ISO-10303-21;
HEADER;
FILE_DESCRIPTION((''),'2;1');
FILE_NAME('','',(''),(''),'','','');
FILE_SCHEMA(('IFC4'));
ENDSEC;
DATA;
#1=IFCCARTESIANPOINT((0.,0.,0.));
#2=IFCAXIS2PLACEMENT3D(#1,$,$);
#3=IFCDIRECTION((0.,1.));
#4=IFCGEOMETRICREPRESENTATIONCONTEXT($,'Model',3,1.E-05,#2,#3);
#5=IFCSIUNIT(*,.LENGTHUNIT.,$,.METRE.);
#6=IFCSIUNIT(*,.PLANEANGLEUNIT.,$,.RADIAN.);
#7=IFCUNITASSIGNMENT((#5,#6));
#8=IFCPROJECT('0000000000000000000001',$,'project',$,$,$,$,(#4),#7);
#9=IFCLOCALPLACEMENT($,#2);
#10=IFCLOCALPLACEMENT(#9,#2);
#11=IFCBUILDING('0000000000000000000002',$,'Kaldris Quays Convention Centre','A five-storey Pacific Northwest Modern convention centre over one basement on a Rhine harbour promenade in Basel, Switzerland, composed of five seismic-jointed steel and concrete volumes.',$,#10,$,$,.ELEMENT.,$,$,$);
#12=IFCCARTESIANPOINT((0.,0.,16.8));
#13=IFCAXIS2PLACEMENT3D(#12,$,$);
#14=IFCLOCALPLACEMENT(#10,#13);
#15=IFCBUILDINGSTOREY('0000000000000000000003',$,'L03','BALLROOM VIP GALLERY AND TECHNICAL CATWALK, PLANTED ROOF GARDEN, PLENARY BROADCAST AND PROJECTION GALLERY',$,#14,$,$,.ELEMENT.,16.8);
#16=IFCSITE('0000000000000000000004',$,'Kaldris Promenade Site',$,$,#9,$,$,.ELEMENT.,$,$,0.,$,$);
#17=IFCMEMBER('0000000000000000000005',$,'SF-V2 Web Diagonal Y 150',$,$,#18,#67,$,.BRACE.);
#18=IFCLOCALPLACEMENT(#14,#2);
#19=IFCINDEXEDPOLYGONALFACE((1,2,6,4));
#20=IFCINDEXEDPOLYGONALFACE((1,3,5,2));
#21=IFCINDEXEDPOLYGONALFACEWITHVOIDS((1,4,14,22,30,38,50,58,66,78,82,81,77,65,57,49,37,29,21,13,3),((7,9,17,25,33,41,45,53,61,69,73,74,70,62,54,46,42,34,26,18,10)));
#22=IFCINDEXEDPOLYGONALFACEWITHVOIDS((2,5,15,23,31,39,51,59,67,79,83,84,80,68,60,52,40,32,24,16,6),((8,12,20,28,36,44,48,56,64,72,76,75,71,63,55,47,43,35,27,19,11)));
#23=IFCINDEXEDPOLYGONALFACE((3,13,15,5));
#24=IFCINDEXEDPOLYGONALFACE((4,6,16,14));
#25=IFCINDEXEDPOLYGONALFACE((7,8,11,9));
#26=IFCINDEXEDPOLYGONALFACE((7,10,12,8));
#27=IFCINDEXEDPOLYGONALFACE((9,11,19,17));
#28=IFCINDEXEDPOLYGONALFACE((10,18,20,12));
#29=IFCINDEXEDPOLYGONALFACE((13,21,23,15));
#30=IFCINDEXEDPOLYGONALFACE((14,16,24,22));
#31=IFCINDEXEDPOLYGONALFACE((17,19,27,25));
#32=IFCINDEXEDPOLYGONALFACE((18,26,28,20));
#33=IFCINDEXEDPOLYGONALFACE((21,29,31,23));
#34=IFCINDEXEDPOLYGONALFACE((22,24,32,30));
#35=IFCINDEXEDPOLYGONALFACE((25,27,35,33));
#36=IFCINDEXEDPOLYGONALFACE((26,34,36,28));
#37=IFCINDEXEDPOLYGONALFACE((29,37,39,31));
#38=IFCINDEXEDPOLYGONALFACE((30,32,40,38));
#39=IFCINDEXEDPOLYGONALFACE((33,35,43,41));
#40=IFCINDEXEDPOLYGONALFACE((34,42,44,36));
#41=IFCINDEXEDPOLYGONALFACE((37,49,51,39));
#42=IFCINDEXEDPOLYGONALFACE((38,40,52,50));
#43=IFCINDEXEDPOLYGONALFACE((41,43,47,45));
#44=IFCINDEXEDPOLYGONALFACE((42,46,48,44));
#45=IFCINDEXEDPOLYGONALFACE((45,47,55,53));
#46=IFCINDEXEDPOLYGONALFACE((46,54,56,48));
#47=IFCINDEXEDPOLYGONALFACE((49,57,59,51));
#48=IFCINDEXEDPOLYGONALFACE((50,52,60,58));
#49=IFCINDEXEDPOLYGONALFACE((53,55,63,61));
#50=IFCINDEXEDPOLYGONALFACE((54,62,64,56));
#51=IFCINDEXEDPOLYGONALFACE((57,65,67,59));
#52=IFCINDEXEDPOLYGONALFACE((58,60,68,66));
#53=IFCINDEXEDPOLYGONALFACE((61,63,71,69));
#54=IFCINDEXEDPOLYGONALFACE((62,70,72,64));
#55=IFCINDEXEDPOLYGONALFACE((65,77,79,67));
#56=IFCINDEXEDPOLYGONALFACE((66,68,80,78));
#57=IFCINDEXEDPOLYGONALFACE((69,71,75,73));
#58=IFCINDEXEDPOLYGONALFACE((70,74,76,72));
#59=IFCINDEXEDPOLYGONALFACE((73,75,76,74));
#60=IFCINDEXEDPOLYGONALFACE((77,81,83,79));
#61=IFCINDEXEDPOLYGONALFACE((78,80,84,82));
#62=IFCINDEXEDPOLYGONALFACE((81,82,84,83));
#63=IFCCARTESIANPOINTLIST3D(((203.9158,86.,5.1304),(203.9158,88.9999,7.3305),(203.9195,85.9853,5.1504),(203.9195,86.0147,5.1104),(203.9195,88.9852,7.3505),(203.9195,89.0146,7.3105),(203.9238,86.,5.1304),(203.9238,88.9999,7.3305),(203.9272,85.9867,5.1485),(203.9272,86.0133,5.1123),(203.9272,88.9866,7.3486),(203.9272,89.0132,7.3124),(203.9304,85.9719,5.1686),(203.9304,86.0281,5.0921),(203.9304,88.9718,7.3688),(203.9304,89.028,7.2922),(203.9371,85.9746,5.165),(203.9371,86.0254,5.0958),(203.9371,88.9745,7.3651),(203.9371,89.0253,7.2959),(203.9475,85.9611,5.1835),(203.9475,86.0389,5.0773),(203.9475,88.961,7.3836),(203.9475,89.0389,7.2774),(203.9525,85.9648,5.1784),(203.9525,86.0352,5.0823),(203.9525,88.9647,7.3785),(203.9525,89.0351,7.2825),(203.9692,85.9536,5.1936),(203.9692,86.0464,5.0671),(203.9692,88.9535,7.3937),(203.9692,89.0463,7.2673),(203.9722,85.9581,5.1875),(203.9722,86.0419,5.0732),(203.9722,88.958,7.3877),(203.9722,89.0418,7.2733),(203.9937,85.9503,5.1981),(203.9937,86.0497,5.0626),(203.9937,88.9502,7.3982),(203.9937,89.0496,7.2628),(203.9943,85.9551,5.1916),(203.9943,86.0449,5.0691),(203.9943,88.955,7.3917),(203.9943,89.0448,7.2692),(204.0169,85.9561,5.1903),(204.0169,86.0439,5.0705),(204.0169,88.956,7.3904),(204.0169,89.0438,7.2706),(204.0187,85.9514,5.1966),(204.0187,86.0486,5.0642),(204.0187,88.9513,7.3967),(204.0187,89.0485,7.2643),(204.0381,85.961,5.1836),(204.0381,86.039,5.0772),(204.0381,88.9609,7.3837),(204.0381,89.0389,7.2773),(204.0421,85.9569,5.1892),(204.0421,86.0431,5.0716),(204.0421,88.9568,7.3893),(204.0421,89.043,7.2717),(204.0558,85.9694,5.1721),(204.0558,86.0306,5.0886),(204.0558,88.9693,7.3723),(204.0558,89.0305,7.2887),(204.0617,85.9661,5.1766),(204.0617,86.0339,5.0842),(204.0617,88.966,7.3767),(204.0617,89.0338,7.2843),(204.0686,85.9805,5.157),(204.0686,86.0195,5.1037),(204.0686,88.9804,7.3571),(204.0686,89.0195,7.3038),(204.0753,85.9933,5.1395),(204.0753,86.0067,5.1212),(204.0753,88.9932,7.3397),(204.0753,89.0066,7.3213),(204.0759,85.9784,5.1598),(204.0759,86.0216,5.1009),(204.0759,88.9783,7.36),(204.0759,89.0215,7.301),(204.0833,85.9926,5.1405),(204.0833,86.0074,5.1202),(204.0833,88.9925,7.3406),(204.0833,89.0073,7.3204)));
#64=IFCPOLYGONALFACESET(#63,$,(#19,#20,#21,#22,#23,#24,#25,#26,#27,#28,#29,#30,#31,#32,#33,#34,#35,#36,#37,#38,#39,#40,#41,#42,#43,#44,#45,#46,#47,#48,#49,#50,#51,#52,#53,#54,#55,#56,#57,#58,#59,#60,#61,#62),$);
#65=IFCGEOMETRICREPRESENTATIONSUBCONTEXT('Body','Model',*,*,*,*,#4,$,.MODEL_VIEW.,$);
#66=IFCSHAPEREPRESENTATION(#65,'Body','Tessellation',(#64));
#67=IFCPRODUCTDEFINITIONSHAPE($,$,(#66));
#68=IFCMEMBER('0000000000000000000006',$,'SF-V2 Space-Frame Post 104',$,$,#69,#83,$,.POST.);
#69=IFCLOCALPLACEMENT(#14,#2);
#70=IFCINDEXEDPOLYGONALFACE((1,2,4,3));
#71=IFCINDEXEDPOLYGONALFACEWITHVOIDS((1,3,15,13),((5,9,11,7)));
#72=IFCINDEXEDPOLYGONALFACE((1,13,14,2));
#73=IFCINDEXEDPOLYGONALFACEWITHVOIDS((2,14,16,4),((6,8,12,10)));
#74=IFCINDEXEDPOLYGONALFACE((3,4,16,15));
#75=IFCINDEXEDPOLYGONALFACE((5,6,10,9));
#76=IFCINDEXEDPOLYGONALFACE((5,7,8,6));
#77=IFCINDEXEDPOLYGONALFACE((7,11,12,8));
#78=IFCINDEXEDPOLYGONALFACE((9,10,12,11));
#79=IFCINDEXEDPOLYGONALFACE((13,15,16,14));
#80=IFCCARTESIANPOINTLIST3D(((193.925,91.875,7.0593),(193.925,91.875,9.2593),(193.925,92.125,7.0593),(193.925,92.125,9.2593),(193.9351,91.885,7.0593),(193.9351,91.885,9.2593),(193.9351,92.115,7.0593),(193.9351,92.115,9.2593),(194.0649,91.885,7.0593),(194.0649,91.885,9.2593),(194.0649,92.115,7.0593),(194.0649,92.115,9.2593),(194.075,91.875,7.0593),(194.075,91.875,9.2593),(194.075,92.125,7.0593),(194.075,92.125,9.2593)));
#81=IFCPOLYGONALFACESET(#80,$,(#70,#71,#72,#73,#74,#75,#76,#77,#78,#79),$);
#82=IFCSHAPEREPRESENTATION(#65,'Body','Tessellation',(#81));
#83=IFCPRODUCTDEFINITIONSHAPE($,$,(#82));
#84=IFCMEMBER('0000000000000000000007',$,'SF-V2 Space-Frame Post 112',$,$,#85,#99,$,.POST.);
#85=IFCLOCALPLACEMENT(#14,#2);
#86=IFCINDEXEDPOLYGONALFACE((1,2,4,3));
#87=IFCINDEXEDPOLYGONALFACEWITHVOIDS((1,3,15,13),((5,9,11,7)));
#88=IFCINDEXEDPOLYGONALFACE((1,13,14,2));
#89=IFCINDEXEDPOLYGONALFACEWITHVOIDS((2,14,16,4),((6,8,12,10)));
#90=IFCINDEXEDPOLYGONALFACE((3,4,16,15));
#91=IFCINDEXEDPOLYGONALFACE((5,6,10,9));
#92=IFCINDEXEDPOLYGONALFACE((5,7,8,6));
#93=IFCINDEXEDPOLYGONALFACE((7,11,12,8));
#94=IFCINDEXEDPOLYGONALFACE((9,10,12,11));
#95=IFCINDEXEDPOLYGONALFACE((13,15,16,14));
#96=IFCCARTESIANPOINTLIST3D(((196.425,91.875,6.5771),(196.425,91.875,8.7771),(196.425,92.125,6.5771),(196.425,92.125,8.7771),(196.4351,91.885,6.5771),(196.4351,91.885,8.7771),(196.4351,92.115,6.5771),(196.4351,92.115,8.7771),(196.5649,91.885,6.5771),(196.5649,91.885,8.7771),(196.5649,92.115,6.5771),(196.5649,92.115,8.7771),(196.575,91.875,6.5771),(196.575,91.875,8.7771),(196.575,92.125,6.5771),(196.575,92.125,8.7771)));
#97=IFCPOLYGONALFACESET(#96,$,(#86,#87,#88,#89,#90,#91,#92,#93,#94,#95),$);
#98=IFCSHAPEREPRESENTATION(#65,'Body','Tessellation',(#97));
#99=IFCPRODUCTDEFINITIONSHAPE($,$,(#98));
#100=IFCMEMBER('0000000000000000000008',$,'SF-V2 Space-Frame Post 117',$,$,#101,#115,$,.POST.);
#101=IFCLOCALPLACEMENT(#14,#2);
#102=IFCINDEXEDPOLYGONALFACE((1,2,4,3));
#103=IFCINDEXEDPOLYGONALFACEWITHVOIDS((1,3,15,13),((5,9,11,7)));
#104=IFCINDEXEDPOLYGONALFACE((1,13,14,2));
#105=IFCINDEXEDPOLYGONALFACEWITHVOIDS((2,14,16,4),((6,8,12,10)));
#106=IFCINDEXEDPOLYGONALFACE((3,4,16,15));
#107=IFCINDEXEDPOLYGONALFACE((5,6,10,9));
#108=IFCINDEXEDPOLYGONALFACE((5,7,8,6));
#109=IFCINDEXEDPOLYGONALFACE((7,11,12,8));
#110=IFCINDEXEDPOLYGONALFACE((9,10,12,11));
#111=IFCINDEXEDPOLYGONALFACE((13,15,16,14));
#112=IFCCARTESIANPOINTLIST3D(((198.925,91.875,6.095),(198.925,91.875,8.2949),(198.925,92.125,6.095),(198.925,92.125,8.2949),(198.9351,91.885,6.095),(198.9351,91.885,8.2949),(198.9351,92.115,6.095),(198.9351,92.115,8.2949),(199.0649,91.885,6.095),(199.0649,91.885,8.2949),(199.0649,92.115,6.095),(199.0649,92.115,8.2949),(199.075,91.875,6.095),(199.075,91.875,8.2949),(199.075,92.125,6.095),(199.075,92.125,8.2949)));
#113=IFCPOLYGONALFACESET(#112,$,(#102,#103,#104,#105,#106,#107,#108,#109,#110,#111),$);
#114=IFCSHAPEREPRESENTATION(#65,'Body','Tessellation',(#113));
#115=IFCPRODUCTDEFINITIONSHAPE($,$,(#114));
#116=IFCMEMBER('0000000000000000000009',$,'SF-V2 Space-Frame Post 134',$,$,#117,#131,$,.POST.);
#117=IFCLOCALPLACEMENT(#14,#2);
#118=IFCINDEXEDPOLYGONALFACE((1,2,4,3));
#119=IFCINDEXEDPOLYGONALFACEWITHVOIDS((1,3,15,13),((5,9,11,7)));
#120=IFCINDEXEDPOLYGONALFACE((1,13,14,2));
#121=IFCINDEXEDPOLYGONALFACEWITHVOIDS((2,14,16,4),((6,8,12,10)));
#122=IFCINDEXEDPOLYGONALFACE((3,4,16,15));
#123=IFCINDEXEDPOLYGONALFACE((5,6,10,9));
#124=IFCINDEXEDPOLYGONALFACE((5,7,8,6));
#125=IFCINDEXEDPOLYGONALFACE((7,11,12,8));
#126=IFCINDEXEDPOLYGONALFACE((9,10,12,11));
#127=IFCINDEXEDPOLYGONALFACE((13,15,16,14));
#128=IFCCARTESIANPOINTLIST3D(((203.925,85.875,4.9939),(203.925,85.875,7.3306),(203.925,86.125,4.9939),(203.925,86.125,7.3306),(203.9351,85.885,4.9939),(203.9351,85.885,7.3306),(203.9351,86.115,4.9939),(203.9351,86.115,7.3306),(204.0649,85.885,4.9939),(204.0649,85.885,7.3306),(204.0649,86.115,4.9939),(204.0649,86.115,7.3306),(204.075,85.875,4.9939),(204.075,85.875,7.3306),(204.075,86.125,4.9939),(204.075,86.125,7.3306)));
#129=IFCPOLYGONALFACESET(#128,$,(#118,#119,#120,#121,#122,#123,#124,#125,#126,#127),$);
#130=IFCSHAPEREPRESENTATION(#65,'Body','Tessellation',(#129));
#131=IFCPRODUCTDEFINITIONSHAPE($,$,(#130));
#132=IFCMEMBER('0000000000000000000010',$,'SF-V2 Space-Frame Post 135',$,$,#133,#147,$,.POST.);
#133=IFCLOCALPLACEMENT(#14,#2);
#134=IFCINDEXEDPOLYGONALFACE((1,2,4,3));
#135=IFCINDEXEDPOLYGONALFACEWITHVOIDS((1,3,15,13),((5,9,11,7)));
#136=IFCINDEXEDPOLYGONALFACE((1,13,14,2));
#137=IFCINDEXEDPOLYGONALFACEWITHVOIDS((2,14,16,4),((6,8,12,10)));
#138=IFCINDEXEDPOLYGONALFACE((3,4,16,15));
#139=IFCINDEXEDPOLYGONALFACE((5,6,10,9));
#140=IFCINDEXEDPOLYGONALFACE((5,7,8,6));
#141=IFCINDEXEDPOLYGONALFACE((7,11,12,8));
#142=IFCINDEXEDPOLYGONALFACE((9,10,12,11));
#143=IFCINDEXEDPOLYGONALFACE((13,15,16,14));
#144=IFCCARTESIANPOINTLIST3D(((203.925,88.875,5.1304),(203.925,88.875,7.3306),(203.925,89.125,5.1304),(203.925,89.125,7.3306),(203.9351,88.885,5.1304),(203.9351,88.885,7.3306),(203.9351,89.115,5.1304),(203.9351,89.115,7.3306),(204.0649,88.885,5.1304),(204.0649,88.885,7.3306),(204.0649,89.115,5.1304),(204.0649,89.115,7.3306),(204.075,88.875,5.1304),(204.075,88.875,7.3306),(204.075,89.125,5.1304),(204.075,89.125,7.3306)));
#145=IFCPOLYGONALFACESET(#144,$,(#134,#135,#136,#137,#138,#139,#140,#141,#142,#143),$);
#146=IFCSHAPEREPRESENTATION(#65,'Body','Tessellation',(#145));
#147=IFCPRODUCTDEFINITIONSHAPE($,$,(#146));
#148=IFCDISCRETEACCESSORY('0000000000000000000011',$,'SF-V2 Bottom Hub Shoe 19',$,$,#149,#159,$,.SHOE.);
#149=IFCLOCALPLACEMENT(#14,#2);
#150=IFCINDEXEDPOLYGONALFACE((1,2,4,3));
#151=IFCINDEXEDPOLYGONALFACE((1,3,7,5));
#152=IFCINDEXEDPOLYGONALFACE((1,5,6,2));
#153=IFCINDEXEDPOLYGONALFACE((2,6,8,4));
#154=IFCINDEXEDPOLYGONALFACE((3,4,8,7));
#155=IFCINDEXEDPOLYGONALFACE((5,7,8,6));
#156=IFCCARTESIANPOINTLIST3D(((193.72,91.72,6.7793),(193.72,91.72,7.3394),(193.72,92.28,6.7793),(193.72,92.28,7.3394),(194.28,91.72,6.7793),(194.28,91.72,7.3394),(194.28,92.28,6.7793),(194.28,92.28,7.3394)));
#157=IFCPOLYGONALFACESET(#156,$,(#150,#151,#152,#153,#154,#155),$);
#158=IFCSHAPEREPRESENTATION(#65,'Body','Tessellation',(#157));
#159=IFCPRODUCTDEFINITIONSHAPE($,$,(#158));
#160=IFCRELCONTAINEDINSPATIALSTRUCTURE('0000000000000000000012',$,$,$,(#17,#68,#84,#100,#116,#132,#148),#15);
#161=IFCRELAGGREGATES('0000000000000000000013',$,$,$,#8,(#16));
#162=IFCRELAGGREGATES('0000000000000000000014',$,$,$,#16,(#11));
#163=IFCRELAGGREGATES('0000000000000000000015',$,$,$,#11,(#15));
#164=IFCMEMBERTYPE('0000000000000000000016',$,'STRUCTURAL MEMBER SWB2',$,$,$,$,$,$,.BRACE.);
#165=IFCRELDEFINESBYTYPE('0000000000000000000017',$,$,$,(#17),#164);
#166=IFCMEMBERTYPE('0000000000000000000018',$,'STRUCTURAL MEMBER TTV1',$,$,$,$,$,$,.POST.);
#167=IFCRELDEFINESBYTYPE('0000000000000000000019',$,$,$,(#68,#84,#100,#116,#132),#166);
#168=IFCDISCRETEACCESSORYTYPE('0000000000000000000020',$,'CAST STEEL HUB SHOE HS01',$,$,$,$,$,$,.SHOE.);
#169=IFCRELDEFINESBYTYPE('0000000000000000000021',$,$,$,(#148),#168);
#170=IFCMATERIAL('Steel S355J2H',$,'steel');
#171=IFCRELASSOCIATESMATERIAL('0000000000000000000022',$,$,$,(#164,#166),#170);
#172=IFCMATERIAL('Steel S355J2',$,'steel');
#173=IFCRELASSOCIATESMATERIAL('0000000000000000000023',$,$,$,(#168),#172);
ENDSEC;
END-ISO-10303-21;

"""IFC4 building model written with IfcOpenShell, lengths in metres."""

from ifc_helpers import new_model, si_unit, direction, frame, origin, origin_2d, place, context, subcontext, project, spatial, rectangle, hollow_rectangle, hollow_circle, extrude, material, material_profile, profile_set, type_object, element, save


model = new_model("IFC4")

# Units and contexts
model_context = context("Model", 3, precision=1e-05, world=origin(), true_north=direction((0.0, 1.0)))
body_context = subcontext(model_context, "Body", "Model", "MODEL_VIEW")
ifc_project = project(units=[si_unit("LENGTHUNIT", "METRE"), si_unit("PLANEANGLEUNIT", "RADIAN")], contexts=[model_context])

# Site, building, storey
site_placement = place(None, origin())
site = spatial("IfcSite", under=ifc_project, at=site_placement, Name="Kaldris Promenade Site", CompositionType="ELEMENT", RefElevation=0.0)
building_placement = place(site_placement, origin())
building = spatial("IfcBuilding", under=site, at=building_placement, Name="Kaldris Quays Convention Centre", Description="A five-storey Pacific Northwest Modern convention centre over one basement on a Rhine harbour promenade in Basel, Switzerland, composed of five seismic-jointed steel and concrete volumes.", CompositionType="ELEMENT")
storey_placement = place(building_placement, frame((0.0, 0.0, 16.8)))
storey = spatial("IfcBuildingStorey", under=building, at=storey_placement, Name="L03", Description="BALLROOM VIP GALLERY AND TECHNICAL CATWALK, PLANTED ROOF GARDEN, PLENARY BROADCAST AND PROJECTION GALLERY", CompositionType="ELEMENT", Elevation=16.8)

# Shared definitions
ifc_material_1 = material(Name="Steel S355J2", Category="steel")

# Members
ifc_material_2 = material(Name="Steel S355J2H", Category="steel")
ifc_material_profile_1 = material_profile(ifc_material_2, hollow_circle(Radius=0.0842, WallThickness=0.0081, at=origin_2d()), Name="CHS 168.3x8")
ifc_profile_set_1 = profile_set([ifc_material_profile_1], Name="Steel S355J2H")
member_type_1 = type_object("IfcMemberType", Name="STRUCTURAL MEMBER SWB2", PredefinedType="BRACE", material=ifc_profile_set_1)
for number, where, z_axis, x_axis, name in (
    (1, (204.0, 86.0, 5.1304), (0.0, 0.80638, 0.591398), (-1.0, 0.0, 0.0), "SF-V2 Web Diagonal Y 150"),
):
    element("IfcMember", number, at=place(storey_placement, frame(where, z_axis=z_axis, x_axis=x_axis)), inside=storey, type_object=member_type_1, Name=name, PredefinedType="BRACE", context=body_context, shape_type="SweptSolid", body=[
        extrude(hollow_circle(Radius=0.0842, WallThickness=0.0081, at=origin_2d()), origin(), (0.0, 0.0, 1.0), 3.7202),
    ])
ifc_material_profile_2 = material_profile(ifc_material_2, hollow_rectangle(XDim=0.1499, YDim=0.25, WallThickness=0.01, at=origin_2d()), Name="RHS 250x150x10")
ifc_profile_set_2 = profile_set([ifc_material_profile_2], Name="Steel S355J2H")
member_type_2 = type_object("IfcMemberType", Name="STRUCTURAL MEMBER TTV1", PredefinedType="POST", material=ifc_profile_set_2)
for number, where, z_axis, x_axis, name in (
    (2, (194.0, 92.0, 7.0593), (0.0, 0.0, 1.0), (1.0, 0.0, 0.0), "SF-V2 Space-Frame Post 104"),
    (3, (196.5, 92.0, 6.5771), (0.0, 0.0, 1.0), (1.0, 0.0, 0.0), "SF-V2 Space-Frame Post 112"),
    (4, (199.0, 92.0, 6.095), (0.0, 0.0, 1.0), (1.0, 0.0, 0.0), "SF-V2 Space-Frame Post 117"),
):
    element("IfcMember", number, at=place(storey_placement, frame(where, z_axis=z_axis, x_axis=x_axis)), inside=storey, type_object=member_type_2, Name=name, PredefinedType="POST", context=body_context, shape_type="SweptSolid", body=[
        extrude(hollow_rectangle(XDim=0.1499, YDim=0.25, WallThickness=0.01, at=origin_2d()), origin(), (0.0, 0.0, 1.0), 2.2),
    ])
member_1_placement = place(storey_placement, frame((204.0, 86.0, 4.9939), z_axis=(0.0, 0.0, 1.0), x_axis=(1.0, 0.0, 0.0)))
element("IfcMember", 5, at=member_1_placement, inside=storey, type_object=member_type_2, Name="SF-V2 Space-Frame Post 134", PredefinedType="POST", context=body_context, shape_type="SweptSolid", body=[
    extrude(hollow_rectangle(XDim=0.1499, YDim=0.25, WallThickness=0.01, at=origin_2d()), origin(), (0.0, 0.0, 1.0), 2.3367),
])
member_2_placement = place(storey_placement, frame((204.0, 89.0, 5.1304), z_axis=(0.0, 0.0, 1.0), x_axis=(1.0, 0.0, 0.0)))
element("IfcMember", 6, at=member_2_placement, inside=storey, type_object=member_type_2, Name="SF-V2 Space-Frame Post 135", PredefinedType="POST", context=body_context, shape_type="SweptSolid", body=[
    extrude(hollow_rectangle(XDim=0.1499, YDim=0.25, WallThickness=0.01, at=origin_2d()), origin(), (0.0, 0.0, 1.0), 2.2002),
])

# Discrete accessory
discrete_accessory_type = type_object("IfcDiscreteAccessoryType", Name="CAST STEEL HUB SHOE HS01", PredefinedType="SHOE", material=ifc_material_1)
discrete_accessory_placement = place(storey_placement, frame((194.0, 92.0, 6.7793), z_axis=(0.0, 0.0, 1.0), x_axis=(1.0, 0.0, 0.0)))
element("IfcDiscreteAccessory", 7, at=discrete_accessory_placement, inside=storey, type_object=discrete_accessory_type, Name="SF-V2 Bottom Hub Shoe 19", PredefinedType="SHOE", context=body_context, shape_type="SweptSolid", body=[
    extrude(rectangle(XDim=0.5601, YDim=0.5601, at=origin_2d()), origin(), (0.0, 0.0, 1.0), 0.5601),
])

save(model, "model.ifc")
